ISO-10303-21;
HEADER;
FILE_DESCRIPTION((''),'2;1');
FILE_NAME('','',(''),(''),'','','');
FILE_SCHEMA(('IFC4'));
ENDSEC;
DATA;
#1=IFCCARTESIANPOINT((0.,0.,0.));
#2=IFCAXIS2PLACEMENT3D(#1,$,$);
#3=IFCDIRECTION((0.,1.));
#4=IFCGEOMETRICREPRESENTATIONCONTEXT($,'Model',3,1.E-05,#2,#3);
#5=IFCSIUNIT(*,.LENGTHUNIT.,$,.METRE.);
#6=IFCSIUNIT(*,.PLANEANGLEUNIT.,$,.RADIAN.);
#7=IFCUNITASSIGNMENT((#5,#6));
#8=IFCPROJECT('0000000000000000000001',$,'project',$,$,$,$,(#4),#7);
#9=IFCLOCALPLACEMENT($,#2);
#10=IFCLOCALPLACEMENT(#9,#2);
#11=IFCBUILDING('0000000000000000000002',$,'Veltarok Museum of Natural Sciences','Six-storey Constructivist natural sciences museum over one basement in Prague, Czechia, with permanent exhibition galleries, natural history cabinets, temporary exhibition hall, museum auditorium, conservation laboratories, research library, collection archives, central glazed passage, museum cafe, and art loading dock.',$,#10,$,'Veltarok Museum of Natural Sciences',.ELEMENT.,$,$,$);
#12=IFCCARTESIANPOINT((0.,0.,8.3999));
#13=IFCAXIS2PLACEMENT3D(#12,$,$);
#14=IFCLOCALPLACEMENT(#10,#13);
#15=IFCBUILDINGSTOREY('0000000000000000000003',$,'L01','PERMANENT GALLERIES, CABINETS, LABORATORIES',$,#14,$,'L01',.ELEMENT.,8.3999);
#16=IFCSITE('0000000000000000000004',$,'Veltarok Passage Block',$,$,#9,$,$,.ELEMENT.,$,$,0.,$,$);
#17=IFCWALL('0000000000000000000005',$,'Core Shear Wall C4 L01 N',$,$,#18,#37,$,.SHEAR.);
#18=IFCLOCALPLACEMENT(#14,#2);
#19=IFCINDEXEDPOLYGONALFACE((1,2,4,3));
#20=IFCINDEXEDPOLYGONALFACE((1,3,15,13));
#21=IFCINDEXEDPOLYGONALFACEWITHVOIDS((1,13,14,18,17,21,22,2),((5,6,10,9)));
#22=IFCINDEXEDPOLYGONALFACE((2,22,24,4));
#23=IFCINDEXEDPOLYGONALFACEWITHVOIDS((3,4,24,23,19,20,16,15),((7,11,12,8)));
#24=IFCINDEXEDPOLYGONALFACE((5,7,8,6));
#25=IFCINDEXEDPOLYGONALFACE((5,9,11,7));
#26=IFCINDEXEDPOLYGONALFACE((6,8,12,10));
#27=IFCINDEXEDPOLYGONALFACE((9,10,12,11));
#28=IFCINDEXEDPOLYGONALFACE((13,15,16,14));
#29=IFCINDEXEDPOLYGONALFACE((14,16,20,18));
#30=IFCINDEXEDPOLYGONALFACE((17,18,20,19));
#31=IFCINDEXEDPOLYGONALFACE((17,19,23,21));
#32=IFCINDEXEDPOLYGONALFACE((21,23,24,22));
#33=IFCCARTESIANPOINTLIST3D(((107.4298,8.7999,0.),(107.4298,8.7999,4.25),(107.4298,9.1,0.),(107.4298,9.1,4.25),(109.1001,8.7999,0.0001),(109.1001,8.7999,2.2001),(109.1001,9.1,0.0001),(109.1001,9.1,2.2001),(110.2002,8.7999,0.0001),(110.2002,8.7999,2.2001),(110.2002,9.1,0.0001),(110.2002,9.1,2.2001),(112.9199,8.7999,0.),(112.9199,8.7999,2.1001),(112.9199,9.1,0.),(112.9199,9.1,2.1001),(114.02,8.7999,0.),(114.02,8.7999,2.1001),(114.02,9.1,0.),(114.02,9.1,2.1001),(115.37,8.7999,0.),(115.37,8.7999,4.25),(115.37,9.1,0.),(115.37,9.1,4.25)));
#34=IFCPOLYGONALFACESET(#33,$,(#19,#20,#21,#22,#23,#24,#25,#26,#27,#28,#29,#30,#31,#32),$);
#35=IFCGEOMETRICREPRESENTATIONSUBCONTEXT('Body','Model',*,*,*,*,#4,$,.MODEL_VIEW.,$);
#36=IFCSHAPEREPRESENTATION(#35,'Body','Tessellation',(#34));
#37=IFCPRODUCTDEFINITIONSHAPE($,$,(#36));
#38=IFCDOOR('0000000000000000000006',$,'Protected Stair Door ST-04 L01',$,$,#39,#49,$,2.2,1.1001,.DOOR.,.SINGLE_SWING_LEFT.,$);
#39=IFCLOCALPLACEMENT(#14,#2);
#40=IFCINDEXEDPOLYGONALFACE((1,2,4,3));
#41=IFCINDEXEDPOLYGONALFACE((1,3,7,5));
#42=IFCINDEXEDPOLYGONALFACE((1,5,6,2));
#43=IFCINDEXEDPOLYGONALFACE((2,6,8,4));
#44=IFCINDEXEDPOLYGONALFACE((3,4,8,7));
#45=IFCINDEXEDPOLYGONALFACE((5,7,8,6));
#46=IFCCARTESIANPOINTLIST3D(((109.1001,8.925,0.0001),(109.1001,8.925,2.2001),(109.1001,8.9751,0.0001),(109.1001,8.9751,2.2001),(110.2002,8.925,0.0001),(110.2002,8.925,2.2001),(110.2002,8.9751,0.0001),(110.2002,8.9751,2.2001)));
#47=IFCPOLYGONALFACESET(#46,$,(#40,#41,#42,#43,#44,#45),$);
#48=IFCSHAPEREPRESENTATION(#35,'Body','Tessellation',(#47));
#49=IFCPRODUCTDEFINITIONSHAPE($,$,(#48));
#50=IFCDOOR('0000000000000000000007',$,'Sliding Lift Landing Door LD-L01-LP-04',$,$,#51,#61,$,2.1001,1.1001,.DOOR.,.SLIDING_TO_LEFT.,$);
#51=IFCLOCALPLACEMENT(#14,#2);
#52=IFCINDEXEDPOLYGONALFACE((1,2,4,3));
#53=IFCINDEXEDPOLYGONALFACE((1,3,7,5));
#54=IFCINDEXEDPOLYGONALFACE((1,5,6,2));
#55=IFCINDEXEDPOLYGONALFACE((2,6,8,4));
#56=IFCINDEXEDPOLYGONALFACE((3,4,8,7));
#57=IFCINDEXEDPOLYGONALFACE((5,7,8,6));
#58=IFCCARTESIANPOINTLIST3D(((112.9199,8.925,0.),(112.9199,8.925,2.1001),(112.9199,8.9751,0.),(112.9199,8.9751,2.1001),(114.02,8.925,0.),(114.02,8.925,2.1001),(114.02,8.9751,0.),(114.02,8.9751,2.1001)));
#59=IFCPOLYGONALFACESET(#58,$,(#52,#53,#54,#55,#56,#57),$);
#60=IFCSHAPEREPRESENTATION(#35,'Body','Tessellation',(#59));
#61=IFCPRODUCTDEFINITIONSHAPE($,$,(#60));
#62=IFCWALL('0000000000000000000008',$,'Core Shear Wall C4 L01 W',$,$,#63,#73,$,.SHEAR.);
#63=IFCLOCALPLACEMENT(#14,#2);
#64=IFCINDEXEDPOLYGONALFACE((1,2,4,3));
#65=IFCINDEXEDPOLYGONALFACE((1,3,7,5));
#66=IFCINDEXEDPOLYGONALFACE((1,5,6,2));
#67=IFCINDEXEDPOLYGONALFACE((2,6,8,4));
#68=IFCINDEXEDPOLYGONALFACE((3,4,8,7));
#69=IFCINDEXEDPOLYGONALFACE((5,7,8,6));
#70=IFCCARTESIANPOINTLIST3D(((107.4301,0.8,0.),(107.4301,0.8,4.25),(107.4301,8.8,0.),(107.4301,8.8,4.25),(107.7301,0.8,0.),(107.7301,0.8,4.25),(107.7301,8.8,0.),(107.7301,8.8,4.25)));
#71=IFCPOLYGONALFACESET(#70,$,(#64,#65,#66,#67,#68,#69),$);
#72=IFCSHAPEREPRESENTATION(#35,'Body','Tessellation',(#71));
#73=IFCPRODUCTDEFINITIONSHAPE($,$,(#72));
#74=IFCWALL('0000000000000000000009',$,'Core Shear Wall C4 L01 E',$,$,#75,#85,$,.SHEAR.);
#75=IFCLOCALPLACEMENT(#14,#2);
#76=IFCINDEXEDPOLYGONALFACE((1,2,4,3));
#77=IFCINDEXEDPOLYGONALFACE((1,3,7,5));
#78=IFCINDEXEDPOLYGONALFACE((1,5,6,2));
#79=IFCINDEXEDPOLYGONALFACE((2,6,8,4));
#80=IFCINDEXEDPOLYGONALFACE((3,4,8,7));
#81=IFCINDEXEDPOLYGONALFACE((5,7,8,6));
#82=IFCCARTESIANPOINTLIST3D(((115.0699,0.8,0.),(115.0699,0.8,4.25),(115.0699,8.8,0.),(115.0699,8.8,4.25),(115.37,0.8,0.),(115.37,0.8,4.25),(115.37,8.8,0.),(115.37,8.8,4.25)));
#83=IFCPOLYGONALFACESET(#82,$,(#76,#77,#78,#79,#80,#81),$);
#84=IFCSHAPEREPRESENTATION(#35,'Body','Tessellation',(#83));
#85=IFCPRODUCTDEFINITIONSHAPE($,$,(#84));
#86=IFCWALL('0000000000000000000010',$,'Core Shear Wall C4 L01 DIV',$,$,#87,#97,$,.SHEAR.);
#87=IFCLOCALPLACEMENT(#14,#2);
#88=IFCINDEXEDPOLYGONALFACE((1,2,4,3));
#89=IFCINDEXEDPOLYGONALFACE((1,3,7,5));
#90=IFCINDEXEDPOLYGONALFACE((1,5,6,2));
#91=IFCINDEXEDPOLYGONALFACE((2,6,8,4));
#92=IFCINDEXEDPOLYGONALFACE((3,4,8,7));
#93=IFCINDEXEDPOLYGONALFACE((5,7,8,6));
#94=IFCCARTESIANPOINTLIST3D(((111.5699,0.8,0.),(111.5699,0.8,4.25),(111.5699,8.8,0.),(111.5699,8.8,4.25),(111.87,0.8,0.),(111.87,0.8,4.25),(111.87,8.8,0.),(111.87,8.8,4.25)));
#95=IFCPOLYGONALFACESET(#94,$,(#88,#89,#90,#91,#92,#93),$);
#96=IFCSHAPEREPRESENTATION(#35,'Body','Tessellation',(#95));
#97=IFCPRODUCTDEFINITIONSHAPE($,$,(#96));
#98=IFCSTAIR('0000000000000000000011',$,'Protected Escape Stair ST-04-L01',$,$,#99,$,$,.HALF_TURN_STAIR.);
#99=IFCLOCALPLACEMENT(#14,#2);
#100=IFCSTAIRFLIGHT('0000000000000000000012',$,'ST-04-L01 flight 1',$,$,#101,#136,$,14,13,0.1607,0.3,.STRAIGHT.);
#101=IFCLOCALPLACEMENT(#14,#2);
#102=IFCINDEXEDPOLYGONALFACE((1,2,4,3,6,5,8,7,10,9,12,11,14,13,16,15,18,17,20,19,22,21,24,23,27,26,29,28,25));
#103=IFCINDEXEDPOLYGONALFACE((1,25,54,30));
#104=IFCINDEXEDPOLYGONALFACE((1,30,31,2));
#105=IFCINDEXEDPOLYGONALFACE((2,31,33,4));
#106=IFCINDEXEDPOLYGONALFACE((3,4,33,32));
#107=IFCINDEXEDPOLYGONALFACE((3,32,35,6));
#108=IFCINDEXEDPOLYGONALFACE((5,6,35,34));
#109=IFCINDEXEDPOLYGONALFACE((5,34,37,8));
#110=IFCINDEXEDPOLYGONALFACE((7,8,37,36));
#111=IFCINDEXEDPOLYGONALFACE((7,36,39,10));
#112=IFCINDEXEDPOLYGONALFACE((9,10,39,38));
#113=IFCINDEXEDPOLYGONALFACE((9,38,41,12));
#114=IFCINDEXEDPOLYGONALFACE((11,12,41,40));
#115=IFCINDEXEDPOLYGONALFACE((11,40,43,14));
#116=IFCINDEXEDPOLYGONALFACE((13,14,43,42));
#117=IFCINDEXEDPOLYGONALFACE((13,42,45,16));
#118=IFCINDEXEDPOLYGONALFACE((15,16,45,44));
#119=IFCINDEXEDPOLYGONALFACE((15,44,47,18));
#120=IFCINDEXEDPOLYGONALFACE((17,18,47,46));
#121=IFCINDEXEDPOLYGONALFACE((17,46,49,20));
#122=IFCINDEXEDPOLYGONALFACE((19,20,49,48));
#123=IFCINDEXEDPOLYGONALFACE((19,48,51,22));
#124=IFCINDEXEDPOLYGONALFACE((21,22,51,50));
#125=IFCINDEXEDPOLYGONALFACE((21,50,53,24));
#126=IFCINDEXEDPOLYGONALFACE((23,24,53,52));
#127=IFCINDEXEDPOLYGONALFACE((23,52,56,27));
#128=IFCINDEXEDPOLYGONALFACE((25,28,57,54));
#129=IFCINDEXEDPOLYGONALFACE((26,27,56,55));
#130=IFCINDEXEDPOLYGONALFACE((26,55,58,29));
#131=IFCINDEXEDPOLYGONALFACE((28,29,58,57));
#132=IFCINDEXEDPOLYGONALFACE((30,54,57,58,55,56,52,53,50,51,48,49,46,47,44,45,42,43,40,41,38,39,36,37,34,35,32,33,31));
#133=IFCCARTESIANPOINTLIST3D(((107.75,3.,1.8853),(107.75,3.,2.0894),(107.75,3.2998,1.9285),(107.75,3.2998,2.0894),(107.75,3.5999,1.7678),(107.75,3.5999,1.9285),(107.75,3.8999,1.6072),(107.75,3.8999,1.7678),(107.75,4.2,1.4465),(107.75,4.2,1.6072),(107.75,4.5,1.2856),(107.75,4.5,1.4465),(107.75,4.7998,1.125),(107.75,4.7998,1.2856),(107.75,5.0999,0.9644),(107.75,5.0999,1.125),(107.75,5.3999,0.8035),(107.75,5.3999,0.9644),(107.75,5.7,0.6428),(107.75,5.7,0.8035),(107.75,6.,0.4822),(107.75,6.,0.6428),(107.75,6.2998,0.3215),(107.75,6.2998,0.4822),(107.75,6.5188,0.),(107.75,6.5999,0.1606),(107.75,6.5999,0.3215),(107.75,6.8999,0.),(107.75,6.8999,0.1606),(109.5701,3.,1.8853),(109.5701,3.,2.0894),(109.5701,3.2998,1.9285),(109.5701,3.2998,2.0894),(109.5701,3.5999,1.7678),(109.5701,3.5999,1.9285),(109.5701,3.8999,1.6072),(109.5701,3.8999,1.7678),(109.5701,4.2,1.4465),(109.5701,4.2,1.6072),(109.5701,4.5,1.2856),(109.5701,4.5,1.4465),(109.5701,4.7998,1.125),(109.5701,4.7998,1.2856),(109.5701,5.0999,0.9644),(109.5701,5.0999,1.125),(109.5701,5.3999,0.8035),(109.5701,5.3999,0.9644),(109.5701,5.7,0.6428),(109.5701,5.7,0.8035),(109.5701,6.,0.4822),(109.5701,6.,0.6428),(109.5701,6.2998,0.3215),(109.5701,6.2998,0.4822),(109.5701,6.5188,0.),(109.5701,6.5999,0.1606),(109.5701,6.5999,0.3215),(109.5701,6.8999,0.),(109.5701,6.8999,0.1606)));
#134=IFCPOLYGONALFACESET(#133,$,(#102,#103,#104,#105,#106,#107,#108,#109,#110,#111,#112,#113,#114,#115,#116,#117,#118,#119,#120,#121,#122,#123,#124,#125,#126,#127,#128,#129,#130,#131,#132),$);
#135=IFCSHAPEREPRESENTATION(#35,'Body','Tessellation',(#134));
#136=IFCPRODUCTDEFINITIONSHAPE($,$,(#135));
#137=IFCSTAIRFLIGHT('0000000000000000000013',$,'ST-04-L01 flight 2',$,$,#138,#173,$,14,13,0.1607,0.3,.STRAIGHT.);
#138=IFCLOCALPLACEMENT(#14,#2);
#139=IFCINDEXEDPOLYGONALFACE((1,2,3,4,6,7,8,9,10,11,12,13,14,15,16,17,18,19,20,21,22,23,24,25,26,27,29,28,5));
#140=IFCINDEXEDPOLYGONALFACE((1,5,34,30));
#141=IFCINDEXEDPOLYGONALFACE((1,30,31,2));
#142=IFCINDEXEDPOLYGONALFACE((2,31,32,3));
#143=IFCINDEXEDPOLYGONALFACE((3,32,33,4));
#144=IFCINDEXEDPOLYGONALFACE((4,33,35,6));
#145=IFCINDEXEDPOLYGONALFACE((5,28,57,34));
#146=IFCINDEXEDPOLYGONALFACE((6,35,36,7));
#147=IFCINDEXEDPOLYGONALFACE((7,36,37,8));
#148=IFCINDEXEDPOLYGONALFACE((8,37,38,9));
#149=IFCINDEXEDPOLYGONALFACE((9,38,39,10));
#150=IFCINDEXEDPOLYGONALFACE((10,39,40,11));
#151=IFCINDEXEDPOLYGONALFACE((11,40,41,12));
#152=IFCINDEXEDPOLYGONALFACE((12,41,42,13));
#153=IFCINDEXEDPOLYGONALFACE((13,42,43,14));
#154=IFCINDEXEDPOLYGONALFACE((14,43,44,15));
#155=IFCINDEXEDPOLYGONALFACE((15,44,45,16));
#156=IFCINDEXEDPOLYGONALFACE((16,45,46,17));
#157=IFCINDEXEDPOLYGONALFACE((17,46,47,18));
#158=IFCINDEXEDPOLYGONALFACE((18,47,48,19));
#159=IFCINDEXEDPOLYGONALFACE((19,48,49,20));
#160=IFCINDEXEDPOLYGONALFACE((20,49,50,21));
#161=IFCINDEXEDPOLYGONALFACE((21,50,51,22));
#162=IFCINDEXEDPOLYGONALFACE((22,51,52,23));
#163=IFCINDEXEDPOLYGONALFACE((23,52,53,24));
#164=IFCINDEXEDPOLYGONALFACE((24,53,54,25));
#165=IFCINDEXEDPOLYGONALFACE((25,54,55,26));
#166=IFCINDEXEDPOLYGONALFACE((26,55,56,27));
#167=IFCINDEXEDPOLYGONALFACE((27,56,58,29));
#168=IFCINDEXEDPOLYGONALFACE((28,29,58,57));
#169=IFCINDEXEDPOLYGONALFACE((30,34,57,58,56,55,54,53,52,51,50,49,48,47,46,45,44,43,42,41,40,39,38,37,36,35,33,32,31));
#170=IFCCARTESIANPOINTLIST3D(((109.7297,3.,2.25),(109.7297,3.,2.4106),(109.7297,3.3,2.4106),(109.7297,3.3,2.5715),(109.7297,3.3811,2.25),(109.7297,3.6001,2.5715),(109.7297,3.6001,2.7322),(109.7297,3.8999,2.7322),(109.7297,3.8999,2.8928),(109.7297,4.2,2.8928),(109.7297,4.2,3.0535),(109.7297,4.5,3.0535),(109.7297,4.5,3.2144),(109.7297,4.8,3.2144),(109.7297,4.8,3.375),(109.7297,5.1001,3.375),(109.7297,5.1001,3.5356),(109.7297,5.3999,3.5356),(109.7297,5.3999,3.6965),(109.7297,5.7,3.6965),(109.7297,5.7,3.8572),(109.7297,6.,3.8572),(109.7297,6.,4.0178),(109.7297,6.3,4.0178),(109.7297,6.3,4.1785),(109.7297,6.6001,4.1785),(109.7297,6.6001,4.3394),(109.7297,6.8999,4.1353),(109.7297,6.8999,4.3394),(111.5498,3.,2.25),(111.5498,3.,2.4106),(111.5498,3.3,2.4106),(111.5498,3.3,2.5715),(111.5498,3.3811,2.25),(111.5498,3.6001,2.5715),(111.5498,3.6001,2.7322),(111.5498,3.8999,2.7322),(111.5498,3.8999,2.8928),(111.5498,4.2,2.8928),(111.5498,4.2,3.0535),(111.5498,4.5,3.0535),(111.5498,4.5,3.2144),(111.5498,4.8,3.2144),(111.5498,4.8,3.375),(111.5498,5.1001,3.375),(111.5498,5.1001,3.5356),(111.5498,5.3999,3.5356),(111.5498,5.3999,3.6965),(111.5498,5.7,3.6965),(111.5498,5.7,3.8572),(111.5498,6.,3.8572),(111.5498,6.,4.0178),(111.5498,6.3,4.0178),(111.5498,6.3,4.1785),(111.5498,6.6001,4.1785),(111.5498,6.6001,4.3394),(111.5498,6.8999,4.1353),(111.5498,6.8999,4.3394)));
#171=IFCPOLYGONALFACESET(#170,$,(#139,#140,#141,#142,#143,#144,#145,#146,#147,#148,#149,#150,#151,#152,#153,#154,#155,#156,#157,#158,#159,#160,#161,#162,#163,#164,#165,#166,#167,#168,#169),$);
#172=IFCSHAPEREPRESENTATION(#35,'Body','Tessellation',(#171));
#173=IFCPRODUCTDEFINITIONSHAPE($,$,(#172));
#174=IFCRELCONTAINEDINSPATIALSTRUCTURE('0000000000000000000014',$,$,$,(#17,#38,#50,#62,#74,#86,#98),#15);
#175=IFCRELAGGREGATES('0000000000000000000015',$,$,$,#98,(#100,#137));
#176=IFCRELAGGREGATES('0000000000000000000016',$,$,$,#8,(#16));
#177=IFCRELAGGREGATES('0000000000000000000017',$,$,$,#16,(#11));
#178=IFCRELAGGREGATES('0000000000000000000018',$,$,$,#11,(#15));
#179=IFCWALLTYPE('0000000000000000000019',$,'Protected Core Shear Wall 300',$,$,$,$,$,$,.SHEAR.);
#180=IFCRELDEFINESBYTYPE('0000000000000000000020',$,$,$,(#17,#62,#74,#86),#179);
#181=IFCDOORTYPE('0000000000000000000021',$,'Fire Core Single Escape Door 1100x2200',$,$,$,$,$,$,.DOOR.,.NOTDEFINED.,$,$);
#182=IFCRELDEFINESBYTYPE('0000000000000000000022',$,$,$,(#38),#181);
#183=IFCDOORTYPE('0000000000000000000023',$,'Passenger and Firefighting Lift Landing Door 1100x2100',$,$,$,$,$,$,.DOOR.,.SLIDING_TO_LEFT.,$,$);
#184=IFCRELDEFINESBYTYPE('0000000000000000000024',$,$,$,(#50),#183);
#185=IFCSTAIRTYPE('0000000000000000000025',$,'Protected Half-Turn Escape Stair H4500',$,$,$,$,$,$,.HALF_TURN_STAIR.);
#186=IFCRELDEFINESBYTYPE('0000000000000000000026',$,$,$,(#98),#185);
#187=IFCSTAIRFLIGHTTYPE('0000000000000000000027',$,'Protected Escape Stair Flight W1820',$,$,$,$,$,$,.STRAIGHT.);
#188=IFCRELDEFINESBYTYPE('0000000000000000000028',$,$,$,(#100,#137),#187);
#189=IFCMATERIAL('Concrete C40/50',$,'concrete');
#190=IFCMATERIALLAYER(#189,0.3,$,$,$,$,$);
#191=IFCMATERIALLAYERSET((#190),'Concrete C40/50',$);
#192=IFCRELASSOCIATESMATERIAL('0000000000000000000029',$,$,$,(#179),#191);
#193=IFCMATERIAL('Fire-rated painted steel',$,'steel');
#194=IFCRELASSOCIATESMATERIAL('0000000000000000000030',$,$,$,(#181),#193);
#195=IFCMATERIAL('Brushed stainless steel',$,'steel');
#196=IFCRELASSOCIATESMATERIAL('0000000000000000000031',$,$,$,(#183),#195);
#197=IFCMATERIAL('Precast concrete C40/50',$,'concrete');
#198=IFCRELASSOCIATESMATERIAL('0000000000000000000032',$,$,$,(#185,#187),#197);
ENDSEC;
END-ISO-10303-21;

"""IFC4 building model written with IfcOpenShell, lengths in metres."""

from ifc_helpers import new_model, si_unit, direction, frame, frame_2d, origin, place, context, subcontext, project, spatial, polyline, rectangle, outline, extrude, material, layer, layer_set, type_object, element, fill, aggregate, save


model = new_model("IFC4")

# Units and contexts
model_context = context("Model", 3, precision=1e-05, world=origin(), true_north=direction((0.0, 1.0)))
body_context = subcontext(model_context, "Body", "Model", "MODEL_VIEW")
ifc_project = project(units=[si_unit("LENGTHUNIT", "METRE"), si_unit("PLANEANGLEUNIT", "RADIAN")], contexts=[model_context])

# Site, building, storey
site_placement = place(None, origin())
site = spatial("IfcSite", under=ifc_project, at=site_placement, Name="Veltarok Passage Block", CompositionType="ELEMENT", RefElevation=0.0)
building_placement = place(site_placement, origin())
building = spatial("IfcBuilding", under=site, at=building_placement, Name="Veltarok Museum of Natural Sciences", Description="Six-storey Constructivist natural sciences museum over one basement in Prague, Czechia, with permanent exhibition galleries, natural history cabinets, temporary exhibition hall, museum auditorium, conservation laboratories, research library, collection archives, central glazed passage, museum cafe, and art loading dock.", LongName="Veltarok Museum of Natural Sciences", CompositionType="ELEMENT")
storey_placement = place(building_placement, frame((0.0, 0.0, 8.3999)))
storey = spatial("IfcBuildingStorey", under=building, at=storey_placement, Name="L01", Description="PERMANENT GALLERIES, CABINETS, LABORATORIES", LongName="L01", CompositionType="ELEMENT", Elevation=8.3999)

# Shared definitions
ifc_material_1 = material(Name="Concrete C40/50", Category="concrete")

# Shared definitions
ifc_material_2 = material(Name="Precast concrete C40/50", Category="concrete")

# Shared definitions
ifc_layer_1 = layer(ifc_material_1, 0.3)
ifc_layer_set_1 = layer_set([ifc_layer_1], Name="Concrete C40/50")
wall_type_1 = type_object("IfcWallType", Name="Protected Core Shear Wall 300", PredefinedType="SHEAR", material=ifc_layer_set_1)

# Wall, openings, doors
wall_1_placement = place(storey_placement, frame((115.3701, 8.95, 0.0), z_axis=(0.0, 0.0, 1.0), x_axis=(-1.0, 0.0, 0.0)))
wall_1 = element("IfcWall", 1, at=wall_1_placement, inside=storey, type_object=wall_type_1, Name="Core Shear Wall C4 L01 N", PredefinedType="SHEAR", context=body_context, shape_type="SweptSolid", body=[
    extrude(rectangle(XDim=7.9402, YDim=0.3, at=frame_2d((3.9702, 0.0))), origin(), (0.0, 0.0, 1.0), 4.25),
])
opening_1_placement = place(wall_1_placement, frame((5.1699, 0.0, 0.0)))
opening_1 = element("IfcOpeningElement", 2, at=opening_1_placement, cuts=wall_1, PredefinedType="OPENING", context=body_context, shape_type="SweptSolid", body=[
    extrude(rectangle(XDim=1.1001, YDim=2.2, at=frame_2d((0.55, 1.1001))), frame((0.0, 0.1602, 0.0), z_axis=(0.0, -1.0, 0.0), x_axis=(1.0, 0.0, 0.0)), (0.0, 0.0, 1.0), 0.3201),
])
opening_2_placement = place(wall_1_placement, frame((1.3501, 0.0, 0.0)))
opening_2 = element("IfcOpeningElement", 3, at=opening_2_placement, cuts=wall_1, PredefinedType="OPENING", context=body_context, shape_type="SweptSolid", body=[
    extrude(rectangle(XDim=1.1001, YDim=2.1001, at=frame_2d((0.55, 1.05))), frame((0.0, 0.1602, 0.0), z_axis=(0.0, -1.0, 0.0), x_axis=(1.0, 0.0, 0.0)), (0.0, 0.0, 1.0), 0.3201),
])
ifc_material_3 = material(Name="Fire-rated painted steel", Category="steel")
door_type_1 = type_object("IfcDoorType", Name="Fire Core Single Escape Door 1100x2200", OperationType="NOTDEFINED", PredefinedType="DOOR", material=ifc_material_3)
door_1_placement = place(opening_1_placement, origin())
door_1 = element("IfcDoor", 4, at=door_1_placement, inside=storey, type_object=door_type_1, Name="Protected Stair Door ST-04 L01", OperationType="SINGLE_SWING_LEFT", OverallHeight=2.2, OverallWidth=1.1001, PredefinedType="DOOR", context=body_context, shape_type="SweptSolid", body=[
    extrude(rectangle(XDim=1.1001, YDim=2.2, at=frame_2d((0.55, 1.1001))), frame((0.0, 0.0249, 0.0), z_axis=(0.0, -1.0, 0.0), x_axis=(1.0, 0.0, 0.0)), (0.0, 0.0, 1.0), 0.05),
])
fill(opening_1, door_1)
ifc_material_4 = material(Name="Brushed stainless steel", Category="steel")
door_type_2 = type_object("IfcDoorType", Name="Passenger and Firefighting Lift Landing Door 1100x2100", OperationType="SLIDING_TO_LEFT", PredefinedType="DOOR", material=ifc_material_4)
door_2_placement = place(opening_2_placement, origin())
door_2 = element("IfcDoor", 5, at=door_2_placement, inside=storey, type_object=door_type_2, Name="Sliding Lift Landing Door LD-L01-LP-04", OperationType="SLIDING_TO_LEFT", OverallHeight=2.1001, OverallWidth=1.1001, PredefinedType="DOOR", context=body_context, shape_type="SweptSolid", body=[
    extrude(rectangle(XDim=1.1001, YDim=2.1001, at=frame_2d((0.55, 1.05))), frame((0.0, 0.0249, 0.0), z_axis=(0.0, -1.0, 0.0), x_axis=(1.0, 0.0, 0.0)), (0.0, 0.0, 1.0), 0.05),
])
fill(opening_2, door_2)

# Walls
for number, where, z_axis, x_axis, name in (
    (6, (107.5801, 8.8, 0.0), (0.0, 0.0, 1.0), (0.0, -1.0, 0.0), "Core Shear Wall C4 L01 W"),
    (7, (115.22, 0.8, 0.0), (0.0, 0.0, 1.0), (0.0, 1.0, 0.0), "Core Shear Wall C4 L01 E"),
    (8, (111.72, 0.8, 0.0), (0.0, 0.0, 1.0), (0.0, 1.0, 0.0), "Core Shear Wall C4 L01 DIV"),
):
    element("IfcWall", number, at=place(storey_placement, frame(where, z_axis=z_axis, x_axis=x_axis)), inside=storey, type_object=wall_type_1, Name=name, PredefinedType="SHEAR", context=body_context, shape_type="SweptSolid", body=[
        extrude(rectangle(XDim=8.0, YDim=0.3, at=frame_2d((4.0, 0.0))), origin(), (0.0, 0.0, 1.0), 4.25),
    ])

# Stair, stair flights
stair_type = type_object("IfcStairType", Name="Protected Half-Turn Escape Stair H4500", PredefinedType="HALF_TURN_STAIR", material=ifc_material_2)
stair_placement = place(storey_placement, origin())
stair = element("IfcStair", 9, at=stair_placement, inside=storey, type_object=stair_type, Name="Protected Escape Stair ST-04-L01", PredefinedType="HALF_TURN_STAIR")
stair_flight_type = type_object("IfcStairFlightType", Name="Protected Escape Stair Flight W1820", PredefinedType="STRAIGHT", material=ifc_material_2)
stair_flight_1_placement = place(storey_placement, frame((108.6599, 6.8999, 0.0), z_axis=(0.0, 0.0, 1.0), x_axis=(0.0, -1.0, 0.0)))
stair_flight_1 = element("IfcStairFlight", 10, at=stair_flight_1_placement, type_object=stair_flight_type, Name="ST-04-L01 flight 1", NumberOfRisers=14, NumberOfTreads=13, PredefinedType="STRAIGHT", RiserHeight=0.1607, TreadLength=0.3, context=body_context, shape_type="SweptSolid", body=[
    extrude(outline(polyline([(0.0, 0.0), (0.0, 0.1606), (0.3, 0.1606), (0.3, 0.3215), (0.6001, 0.3215), (0.6001, 0.4822), (0.8999, 0.4822), (0.8999, 0.6428), (1.2, 0.6428), (1.2, 0.8035), (1.5, 0.8035), (1.5, 0.9644), (1.8, 0.9644), (1.8, 1.125), (2.1001, 1.125), (2.1001, 1.2856), (2.3999, 1.2856), (2.3999, 1.4465), (2.7, 1.4465), (2.7, 1.6072), (3.0, 1.6072), (3.0, 1.7678), (3.3, 1.7678), (3.3, 1.9285), (3.6001, 1.9285), (3.6001, 2.0894), (3.8999, 2.0894), (3.8999, 2.25), (3.8999, 1.8853), (0.3811, 0.0), (0.0, 0.0)])), frame((0.0, 0.9102, 0.0), z_axis=(0.0, -1.0, 0.0), x_axis=(1.0, 0.0, 0.0)), (0.0, 0.0, 1.0), 1.8201),
])
stair_flight_2_placement = place(storey_placement, frame((110.6399, 3.0, 2.25), z_axis=(0.0, 0.0, 1.0), x_axis=(0.0, 1.0, 0.0)))
stair_flight_2 = element("IfcStairFlight", 11, at=stair_flight_2_placement, type_object=stair_flight_type, Name="ST-04-L01 flight 2", NumberOfRisers=14, NumberOfTreads=13, PredefinedType="STRAIGHT", RiserHeight=0.1607, TreadLength=0.3, context=body_context, shape_type="SweptSolid", body=[
    extrude(outline(polyline([(0.0, 0.0), (0.0, 0.1606), (0.3, 0.1606), (0.3, 0.3215), (0.6001, 0.3215), (0.6001, 0.4822), (0.8999, 0.4822), (0.8999, 0.6428), (1.2, 0.6428), (1.2, 0.8035), (1.5, 0.8035), (1.5, 0.9644), (1.8, 0.9644), (1.8, 1.125), (2.1001, 1.125), (2.1001, 1.2856), (2.3999, 1.2856), (2.3999, 1.4465), (2.7, 1.4465), (2.7, 1.6072), (3.0, 1.6072), (3.0, 1.7678), (3.3, 1.7678), (3.3, 1.9285), (3.6001, 1.9285), (3.6001, 2.0894), (3.8999, 2.0894), (3.8999, 2.25), (3.8999, 1.8853), (0.3811, 0.0), (0.0, 0.0)])), frame((0.0, 0.9102, 0.0), z_axis=(0.0, -1.0, 0.0), x_axis=(1.0, 0.0, 0.0)), (0.0, 0.0, 1.0), 1.8201),
])
aggregate(stair, [stair_flight_1, stair_flight_2])

save(model, "model.ifc")
